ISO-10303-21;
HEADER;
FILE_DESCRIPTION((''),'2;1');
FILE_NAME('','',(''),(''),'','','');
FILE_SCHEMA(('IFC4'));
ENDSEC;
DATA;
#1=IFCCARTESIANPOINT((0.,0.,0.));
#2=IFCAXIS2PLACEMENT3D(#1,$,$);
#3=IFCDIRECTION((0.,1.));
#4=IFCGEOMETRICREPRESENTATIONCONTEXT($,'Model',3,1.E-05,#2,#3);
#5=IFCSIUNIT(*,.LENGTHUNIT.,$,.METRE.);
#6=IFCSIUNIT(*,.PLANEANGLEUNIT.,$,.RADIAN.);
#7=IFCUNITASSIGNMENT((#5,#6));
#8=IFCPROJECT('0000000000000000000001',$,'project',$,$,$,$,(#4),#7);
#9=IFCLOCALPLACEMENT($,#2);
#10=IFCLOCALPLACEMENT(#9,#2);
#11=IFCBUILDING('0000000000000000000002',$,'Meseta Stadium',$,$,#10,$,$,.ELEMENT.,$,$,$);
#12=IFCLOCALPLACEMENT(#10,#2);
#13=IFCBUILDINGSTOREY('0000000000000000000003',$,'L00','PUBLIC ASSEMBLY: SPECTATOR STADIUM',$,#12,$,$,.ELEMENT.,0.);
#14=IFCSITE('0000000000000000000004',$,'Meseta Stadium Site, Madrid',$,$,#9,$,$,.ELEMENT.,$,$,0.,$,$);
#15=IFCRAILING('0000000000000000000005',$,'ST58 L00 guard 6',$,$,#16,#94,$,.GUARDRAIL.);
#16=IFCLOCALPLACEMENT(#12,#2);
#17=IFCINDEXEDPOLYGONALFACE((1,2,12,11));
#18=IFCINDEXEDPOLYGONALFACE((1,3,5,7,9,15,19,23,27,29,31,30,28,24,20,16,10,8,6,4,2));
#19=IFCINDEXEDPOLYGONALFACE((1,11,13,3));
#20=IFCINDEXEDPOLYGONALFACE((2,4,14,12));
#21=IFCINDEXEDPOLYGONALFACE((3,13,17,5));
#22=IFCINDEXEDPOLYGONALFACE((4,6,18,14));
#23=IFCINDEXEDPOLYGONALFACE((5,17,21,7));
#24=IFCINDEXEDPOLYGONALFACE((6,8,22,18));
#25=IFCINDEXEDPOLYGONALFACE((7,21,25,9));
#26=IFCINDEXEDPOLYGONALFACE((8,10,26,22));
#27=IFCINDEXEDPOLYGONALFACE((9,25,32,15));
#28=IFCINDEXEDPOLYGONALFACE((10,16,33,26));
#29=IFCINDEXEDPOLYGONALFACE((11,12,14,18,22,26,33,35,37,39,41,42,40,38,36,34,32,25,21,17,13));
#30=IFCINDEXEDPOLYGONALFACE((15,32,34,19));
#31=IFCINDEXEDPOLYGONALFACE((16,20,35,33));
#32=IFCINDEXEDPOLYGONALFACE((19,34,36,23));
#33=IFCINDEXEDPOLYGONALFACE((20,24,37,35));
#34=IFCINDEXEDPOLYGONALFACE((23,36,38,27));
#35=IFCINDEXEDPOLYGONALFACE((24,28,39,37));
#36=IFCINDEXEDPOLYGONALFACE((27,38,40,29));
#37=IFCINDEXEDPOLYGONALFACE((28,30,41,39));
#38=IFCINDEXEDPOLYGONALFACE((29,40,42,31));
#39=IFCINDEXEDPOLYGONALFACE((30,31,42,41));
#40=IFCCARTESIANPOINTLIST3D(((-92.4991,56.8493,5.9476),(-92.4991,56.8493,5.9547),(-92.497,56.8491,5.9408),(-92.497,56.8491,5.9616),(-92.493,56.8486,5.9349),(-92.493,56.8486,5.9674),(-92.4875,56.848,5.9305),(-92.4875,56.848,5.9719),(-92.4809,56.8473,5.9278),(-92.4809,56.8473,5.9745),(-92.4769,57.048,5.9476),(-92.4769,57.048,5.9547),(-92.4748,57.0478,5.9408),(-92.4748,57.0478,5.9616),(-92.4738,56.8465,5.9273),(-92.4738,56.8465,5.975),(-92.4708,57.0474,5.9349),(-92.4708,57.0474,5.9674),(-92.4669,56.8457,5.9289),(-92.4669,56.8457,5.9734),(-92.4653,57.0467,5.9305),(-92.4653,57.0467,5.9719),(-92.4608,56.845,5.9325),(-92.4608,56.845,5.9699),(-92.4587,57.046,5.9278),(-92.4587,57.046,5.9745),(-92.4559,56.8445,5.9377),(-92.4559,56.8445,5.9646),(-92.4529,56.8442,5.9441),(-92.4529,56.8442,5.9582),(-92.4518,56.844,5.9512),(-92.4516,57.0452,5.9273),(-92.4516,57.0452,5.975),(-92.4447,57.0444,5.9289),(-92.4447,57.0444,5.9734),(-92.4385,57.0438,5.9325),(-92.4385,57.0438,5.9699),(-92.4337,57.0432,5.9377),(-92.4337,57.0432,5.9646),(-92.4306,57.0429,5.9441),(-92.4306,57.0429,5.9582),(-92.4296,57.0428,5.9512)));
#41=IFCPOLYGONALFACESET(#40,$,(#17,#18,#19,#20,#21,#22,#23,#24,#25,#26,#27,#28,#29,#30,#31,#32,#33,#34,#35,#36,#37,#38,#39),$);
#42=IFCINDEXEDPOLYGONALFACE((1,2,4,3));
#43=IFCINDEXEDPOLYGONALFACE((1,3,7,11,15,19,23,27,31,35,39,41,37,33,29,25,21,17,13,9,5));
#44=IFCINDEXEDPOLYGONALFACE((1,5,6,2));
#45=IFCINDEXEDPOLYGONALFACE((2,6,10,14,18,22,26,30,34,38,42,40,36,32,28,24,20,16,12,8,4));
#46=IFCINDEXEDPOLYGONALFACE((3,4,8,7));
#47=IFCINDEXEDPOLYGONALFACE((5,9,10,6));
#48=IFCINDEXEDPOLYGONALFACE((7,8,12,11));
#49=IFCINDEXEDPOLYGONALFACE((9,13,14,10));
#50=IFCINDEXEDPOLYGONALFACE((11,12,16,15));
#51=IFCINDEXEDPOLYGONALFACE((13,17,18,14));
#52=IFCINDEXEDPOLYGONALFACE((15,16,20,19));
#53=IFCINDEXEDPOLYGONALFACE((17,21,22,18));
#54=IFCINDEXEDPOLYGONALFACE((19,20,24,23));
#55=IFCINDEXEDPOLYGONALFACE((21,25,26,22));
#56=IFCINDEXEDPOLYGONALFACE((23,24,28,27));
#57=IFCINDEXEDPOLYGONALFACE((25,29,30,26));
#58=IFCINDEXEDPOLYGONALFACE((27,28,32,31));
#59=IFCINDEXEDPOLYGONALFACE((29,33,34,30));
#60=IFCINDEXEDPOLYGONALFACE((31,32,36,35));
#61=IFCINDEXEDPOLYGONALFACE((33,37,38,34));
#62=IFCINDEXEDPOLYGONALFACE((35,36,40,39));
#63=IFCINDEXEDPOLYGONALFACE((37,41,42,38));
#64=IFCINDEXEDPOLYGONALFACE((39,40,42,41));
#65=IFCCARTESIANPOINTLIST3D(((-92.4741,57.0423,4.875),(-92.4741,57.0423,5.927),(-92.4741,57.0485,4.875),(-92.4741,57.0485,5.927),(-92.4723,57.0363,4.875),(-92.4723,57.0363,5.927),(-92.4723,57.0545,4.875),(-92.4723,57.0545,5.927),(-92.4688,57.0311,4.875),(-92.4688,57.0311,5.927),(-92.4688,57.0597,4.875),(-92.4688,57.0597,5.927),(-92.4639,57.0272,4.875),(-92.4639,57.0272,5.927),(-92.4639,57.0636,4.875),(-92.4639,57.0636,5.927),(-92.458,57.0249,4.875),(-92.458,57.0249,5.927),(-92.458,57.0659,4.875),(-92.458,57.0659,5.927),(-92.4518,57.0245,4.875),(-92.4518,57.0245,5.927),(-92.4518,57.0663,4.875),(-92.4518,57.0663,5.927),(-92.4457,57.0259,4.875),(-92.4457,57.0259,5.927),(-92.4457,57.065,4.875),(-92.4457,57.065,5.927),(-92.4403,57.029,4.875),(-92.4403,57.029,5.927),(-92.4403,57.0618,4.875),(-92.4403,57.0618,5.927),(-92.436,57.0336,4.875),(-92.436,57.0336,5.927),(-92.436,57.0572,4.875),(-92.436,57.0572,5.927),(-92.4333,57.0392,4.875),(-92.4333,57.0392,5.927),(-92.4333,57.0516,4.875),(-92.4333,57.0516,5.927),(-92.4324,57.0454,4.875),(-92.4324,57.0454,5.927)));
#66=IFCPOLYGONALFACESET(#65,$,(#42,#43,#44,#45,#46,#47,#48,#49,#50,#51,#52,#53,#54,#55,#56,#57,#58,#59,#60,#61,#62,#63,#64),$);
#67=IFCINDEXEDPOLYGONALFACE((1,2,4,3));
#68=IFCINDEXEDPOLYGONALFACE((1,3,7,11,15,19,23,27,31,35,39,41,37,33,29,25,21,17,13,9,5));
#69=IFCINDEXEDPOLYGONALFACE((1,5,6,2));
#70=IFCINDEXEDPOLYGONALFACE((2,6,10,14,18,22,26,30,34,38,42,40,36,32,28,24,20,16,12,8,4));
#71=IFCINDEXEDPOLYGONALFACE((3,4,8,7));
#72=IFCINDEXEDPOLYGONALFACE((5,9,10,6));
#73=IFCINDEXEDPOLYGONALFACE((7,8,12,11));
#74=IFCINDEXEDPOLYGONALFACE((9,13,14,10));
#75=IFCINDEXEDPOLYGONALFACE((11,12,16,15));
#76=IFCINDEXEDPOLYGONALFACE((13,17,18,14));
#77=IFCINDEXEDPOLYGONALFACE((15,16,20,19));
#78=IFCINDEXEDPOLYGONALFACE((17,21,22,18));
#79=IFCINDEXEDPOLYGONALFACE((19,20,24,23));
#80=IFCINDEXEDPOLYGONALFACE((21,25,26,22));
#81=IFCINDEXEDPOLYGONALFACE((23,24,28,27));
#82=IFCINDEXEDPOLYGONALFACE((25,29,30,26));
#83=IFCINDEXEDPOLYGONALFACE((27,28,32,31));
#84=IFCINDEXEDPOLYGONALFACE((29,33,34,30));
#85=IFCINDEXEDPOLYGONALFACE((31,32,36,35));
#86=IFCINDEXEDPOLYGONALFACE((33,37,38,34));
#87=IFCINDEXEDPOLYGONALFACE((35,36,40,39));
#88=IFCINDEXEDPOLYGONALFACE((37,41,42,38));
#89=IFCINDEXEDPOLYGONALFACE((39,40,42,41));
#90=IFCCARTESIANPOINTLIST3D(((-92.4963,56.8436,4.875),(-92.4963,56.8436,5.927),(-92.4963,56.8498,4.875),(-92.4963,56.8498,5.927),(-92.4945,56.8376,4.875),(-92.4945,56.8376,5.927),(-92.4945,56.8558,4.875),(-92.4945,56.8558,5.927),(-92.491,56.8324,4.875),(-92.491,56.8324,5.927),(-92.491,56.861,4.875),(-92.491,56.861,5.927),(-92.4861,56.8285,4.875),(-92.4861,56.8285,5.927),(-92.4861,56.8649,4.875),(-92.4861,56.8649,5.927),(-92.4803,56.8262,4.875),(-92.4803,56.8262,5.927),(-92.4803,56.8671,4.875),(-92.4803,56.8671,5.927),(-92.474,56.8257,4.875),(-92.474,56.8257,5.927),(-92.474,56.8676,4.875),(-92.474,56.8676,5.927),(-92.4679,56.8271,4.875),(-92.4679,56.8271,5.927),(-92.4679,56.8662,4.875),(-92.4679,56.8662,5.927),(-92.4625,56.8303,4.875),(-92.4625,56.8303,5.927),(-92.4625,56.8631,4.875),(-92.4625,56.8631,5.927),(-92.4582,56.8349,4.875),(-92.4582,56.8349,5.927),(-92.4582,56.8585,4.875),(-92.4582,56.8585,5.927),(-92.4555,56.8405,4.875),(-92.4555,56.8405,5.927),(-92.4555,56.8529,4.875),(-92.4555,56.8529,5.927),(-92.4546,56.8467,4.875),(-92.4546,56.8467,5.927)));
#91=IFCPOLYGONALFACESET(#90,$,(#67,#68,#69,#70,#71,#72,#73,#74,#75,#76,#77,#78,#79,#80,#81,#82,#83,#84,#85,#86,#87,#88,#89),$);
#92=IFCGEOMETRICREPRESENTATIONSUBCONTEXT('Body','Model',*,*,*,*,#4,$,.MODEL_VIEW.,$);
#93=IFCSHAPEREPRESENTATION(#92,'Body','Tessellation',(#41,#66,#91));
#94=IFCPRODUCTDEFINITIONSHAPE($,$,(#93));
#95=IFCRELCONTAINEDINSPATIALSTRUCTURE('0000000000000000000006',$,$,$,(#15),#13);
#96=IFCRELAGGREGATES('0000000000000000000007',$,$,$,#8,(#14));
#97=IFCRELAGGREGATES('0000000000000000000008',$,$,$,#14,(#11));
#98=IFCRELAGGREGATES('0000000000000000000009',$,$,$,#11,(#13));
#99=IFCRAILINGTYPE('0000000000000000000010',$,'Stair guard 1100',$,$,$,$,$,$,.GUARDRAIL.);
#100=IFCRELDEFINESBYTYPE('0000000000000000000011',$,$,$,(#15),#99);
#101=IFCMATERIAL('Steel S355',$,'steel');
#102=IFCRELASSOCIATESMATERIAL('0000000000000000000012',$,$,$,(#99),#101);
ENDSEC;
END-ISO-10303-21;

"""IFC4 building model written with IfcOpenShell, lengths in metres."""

from ifc_helpers import new_model, si_unit, direction, frame, origin, origin_2d, place, context, subcontext, project, spatial, circle, extrude, material, type_object, element, save


model = new_model("IFC4")

# Units and contexts
model_context = context("Model", 3, precision=1e-05, world=origin(), true_north=direction((0.0, 1.0)))
body_context = subcontext(model_context, "Body", "Model", "MODEL_VIEW")
ifc_project = project(units=[si_unit("LENGTHUNIT", "METRE"), si_unit("PLANEANGLEUNIT", "RADIAN")], contexts=[model_context])

# Site, building, storey
site_placement = place(None, origin())
site = spatial("IfcSite", under=ifc_project, at=site_placement, Name="Meseta Stadium Site, Madrid", CompositionType="ELEMENT", RefElevation=0.0)
building_placement = place(site_placement, origin())
building = spatial("IfcBuilding", under=site, at=building_placement, Name="Meseta Stadium", CompositionType="ELEMENT")
storey_placement = place(building_placement, origin())
storey = spatial("IfcBuildingStorey", under=building, at=storey_placement, Name="L00", Description="PUBLIC ASSEMBLY: SPECTATOR STADIUM", CompositionType="ELEMENT", Elevation=0.0)

# Railing
ifc_material_1 = material(Name="Steel S355", Category="steel")
railing_type_1 = type_object("IfcRailingType", Name="Stair guard 1100", PredefinedType="GUARDRAIL", material=ifc_material_1)
railing_1_placement = place(storey_placement, frame((-92.4534, 57.0454, 4.875)))
element("IfcRailing", 1, at=railing_1_placement, inside=storey, type_object=railing_type_1, Name="ST58 L00 guard 6", PredefinedType="GUARDRAIL", context=body_context, shape_type="SweptSolid", body=[
    extrude(circle(Radius=0.0239, at=origin_2d()), frame((0.0, 0.0, 1.0762), z_axis=(-0.111102, -0.993809, 0.0), x_axis=(0.993809, -0.111102, 0.0)), (0.0, 0.0, 1.0), 0.2),
    extrude(circle(Radius=0.021, at=origin_2d()), origin(), (0.0, 0.0, 1.0), 1.052),
    extrude(circle(Radius=0.021, at=origin_2d()), frame((-0.0222, -0.1987, 0.0)), (0.0, 0.0, 1.0), 1.052),
])

save(model, "model.ifc")
